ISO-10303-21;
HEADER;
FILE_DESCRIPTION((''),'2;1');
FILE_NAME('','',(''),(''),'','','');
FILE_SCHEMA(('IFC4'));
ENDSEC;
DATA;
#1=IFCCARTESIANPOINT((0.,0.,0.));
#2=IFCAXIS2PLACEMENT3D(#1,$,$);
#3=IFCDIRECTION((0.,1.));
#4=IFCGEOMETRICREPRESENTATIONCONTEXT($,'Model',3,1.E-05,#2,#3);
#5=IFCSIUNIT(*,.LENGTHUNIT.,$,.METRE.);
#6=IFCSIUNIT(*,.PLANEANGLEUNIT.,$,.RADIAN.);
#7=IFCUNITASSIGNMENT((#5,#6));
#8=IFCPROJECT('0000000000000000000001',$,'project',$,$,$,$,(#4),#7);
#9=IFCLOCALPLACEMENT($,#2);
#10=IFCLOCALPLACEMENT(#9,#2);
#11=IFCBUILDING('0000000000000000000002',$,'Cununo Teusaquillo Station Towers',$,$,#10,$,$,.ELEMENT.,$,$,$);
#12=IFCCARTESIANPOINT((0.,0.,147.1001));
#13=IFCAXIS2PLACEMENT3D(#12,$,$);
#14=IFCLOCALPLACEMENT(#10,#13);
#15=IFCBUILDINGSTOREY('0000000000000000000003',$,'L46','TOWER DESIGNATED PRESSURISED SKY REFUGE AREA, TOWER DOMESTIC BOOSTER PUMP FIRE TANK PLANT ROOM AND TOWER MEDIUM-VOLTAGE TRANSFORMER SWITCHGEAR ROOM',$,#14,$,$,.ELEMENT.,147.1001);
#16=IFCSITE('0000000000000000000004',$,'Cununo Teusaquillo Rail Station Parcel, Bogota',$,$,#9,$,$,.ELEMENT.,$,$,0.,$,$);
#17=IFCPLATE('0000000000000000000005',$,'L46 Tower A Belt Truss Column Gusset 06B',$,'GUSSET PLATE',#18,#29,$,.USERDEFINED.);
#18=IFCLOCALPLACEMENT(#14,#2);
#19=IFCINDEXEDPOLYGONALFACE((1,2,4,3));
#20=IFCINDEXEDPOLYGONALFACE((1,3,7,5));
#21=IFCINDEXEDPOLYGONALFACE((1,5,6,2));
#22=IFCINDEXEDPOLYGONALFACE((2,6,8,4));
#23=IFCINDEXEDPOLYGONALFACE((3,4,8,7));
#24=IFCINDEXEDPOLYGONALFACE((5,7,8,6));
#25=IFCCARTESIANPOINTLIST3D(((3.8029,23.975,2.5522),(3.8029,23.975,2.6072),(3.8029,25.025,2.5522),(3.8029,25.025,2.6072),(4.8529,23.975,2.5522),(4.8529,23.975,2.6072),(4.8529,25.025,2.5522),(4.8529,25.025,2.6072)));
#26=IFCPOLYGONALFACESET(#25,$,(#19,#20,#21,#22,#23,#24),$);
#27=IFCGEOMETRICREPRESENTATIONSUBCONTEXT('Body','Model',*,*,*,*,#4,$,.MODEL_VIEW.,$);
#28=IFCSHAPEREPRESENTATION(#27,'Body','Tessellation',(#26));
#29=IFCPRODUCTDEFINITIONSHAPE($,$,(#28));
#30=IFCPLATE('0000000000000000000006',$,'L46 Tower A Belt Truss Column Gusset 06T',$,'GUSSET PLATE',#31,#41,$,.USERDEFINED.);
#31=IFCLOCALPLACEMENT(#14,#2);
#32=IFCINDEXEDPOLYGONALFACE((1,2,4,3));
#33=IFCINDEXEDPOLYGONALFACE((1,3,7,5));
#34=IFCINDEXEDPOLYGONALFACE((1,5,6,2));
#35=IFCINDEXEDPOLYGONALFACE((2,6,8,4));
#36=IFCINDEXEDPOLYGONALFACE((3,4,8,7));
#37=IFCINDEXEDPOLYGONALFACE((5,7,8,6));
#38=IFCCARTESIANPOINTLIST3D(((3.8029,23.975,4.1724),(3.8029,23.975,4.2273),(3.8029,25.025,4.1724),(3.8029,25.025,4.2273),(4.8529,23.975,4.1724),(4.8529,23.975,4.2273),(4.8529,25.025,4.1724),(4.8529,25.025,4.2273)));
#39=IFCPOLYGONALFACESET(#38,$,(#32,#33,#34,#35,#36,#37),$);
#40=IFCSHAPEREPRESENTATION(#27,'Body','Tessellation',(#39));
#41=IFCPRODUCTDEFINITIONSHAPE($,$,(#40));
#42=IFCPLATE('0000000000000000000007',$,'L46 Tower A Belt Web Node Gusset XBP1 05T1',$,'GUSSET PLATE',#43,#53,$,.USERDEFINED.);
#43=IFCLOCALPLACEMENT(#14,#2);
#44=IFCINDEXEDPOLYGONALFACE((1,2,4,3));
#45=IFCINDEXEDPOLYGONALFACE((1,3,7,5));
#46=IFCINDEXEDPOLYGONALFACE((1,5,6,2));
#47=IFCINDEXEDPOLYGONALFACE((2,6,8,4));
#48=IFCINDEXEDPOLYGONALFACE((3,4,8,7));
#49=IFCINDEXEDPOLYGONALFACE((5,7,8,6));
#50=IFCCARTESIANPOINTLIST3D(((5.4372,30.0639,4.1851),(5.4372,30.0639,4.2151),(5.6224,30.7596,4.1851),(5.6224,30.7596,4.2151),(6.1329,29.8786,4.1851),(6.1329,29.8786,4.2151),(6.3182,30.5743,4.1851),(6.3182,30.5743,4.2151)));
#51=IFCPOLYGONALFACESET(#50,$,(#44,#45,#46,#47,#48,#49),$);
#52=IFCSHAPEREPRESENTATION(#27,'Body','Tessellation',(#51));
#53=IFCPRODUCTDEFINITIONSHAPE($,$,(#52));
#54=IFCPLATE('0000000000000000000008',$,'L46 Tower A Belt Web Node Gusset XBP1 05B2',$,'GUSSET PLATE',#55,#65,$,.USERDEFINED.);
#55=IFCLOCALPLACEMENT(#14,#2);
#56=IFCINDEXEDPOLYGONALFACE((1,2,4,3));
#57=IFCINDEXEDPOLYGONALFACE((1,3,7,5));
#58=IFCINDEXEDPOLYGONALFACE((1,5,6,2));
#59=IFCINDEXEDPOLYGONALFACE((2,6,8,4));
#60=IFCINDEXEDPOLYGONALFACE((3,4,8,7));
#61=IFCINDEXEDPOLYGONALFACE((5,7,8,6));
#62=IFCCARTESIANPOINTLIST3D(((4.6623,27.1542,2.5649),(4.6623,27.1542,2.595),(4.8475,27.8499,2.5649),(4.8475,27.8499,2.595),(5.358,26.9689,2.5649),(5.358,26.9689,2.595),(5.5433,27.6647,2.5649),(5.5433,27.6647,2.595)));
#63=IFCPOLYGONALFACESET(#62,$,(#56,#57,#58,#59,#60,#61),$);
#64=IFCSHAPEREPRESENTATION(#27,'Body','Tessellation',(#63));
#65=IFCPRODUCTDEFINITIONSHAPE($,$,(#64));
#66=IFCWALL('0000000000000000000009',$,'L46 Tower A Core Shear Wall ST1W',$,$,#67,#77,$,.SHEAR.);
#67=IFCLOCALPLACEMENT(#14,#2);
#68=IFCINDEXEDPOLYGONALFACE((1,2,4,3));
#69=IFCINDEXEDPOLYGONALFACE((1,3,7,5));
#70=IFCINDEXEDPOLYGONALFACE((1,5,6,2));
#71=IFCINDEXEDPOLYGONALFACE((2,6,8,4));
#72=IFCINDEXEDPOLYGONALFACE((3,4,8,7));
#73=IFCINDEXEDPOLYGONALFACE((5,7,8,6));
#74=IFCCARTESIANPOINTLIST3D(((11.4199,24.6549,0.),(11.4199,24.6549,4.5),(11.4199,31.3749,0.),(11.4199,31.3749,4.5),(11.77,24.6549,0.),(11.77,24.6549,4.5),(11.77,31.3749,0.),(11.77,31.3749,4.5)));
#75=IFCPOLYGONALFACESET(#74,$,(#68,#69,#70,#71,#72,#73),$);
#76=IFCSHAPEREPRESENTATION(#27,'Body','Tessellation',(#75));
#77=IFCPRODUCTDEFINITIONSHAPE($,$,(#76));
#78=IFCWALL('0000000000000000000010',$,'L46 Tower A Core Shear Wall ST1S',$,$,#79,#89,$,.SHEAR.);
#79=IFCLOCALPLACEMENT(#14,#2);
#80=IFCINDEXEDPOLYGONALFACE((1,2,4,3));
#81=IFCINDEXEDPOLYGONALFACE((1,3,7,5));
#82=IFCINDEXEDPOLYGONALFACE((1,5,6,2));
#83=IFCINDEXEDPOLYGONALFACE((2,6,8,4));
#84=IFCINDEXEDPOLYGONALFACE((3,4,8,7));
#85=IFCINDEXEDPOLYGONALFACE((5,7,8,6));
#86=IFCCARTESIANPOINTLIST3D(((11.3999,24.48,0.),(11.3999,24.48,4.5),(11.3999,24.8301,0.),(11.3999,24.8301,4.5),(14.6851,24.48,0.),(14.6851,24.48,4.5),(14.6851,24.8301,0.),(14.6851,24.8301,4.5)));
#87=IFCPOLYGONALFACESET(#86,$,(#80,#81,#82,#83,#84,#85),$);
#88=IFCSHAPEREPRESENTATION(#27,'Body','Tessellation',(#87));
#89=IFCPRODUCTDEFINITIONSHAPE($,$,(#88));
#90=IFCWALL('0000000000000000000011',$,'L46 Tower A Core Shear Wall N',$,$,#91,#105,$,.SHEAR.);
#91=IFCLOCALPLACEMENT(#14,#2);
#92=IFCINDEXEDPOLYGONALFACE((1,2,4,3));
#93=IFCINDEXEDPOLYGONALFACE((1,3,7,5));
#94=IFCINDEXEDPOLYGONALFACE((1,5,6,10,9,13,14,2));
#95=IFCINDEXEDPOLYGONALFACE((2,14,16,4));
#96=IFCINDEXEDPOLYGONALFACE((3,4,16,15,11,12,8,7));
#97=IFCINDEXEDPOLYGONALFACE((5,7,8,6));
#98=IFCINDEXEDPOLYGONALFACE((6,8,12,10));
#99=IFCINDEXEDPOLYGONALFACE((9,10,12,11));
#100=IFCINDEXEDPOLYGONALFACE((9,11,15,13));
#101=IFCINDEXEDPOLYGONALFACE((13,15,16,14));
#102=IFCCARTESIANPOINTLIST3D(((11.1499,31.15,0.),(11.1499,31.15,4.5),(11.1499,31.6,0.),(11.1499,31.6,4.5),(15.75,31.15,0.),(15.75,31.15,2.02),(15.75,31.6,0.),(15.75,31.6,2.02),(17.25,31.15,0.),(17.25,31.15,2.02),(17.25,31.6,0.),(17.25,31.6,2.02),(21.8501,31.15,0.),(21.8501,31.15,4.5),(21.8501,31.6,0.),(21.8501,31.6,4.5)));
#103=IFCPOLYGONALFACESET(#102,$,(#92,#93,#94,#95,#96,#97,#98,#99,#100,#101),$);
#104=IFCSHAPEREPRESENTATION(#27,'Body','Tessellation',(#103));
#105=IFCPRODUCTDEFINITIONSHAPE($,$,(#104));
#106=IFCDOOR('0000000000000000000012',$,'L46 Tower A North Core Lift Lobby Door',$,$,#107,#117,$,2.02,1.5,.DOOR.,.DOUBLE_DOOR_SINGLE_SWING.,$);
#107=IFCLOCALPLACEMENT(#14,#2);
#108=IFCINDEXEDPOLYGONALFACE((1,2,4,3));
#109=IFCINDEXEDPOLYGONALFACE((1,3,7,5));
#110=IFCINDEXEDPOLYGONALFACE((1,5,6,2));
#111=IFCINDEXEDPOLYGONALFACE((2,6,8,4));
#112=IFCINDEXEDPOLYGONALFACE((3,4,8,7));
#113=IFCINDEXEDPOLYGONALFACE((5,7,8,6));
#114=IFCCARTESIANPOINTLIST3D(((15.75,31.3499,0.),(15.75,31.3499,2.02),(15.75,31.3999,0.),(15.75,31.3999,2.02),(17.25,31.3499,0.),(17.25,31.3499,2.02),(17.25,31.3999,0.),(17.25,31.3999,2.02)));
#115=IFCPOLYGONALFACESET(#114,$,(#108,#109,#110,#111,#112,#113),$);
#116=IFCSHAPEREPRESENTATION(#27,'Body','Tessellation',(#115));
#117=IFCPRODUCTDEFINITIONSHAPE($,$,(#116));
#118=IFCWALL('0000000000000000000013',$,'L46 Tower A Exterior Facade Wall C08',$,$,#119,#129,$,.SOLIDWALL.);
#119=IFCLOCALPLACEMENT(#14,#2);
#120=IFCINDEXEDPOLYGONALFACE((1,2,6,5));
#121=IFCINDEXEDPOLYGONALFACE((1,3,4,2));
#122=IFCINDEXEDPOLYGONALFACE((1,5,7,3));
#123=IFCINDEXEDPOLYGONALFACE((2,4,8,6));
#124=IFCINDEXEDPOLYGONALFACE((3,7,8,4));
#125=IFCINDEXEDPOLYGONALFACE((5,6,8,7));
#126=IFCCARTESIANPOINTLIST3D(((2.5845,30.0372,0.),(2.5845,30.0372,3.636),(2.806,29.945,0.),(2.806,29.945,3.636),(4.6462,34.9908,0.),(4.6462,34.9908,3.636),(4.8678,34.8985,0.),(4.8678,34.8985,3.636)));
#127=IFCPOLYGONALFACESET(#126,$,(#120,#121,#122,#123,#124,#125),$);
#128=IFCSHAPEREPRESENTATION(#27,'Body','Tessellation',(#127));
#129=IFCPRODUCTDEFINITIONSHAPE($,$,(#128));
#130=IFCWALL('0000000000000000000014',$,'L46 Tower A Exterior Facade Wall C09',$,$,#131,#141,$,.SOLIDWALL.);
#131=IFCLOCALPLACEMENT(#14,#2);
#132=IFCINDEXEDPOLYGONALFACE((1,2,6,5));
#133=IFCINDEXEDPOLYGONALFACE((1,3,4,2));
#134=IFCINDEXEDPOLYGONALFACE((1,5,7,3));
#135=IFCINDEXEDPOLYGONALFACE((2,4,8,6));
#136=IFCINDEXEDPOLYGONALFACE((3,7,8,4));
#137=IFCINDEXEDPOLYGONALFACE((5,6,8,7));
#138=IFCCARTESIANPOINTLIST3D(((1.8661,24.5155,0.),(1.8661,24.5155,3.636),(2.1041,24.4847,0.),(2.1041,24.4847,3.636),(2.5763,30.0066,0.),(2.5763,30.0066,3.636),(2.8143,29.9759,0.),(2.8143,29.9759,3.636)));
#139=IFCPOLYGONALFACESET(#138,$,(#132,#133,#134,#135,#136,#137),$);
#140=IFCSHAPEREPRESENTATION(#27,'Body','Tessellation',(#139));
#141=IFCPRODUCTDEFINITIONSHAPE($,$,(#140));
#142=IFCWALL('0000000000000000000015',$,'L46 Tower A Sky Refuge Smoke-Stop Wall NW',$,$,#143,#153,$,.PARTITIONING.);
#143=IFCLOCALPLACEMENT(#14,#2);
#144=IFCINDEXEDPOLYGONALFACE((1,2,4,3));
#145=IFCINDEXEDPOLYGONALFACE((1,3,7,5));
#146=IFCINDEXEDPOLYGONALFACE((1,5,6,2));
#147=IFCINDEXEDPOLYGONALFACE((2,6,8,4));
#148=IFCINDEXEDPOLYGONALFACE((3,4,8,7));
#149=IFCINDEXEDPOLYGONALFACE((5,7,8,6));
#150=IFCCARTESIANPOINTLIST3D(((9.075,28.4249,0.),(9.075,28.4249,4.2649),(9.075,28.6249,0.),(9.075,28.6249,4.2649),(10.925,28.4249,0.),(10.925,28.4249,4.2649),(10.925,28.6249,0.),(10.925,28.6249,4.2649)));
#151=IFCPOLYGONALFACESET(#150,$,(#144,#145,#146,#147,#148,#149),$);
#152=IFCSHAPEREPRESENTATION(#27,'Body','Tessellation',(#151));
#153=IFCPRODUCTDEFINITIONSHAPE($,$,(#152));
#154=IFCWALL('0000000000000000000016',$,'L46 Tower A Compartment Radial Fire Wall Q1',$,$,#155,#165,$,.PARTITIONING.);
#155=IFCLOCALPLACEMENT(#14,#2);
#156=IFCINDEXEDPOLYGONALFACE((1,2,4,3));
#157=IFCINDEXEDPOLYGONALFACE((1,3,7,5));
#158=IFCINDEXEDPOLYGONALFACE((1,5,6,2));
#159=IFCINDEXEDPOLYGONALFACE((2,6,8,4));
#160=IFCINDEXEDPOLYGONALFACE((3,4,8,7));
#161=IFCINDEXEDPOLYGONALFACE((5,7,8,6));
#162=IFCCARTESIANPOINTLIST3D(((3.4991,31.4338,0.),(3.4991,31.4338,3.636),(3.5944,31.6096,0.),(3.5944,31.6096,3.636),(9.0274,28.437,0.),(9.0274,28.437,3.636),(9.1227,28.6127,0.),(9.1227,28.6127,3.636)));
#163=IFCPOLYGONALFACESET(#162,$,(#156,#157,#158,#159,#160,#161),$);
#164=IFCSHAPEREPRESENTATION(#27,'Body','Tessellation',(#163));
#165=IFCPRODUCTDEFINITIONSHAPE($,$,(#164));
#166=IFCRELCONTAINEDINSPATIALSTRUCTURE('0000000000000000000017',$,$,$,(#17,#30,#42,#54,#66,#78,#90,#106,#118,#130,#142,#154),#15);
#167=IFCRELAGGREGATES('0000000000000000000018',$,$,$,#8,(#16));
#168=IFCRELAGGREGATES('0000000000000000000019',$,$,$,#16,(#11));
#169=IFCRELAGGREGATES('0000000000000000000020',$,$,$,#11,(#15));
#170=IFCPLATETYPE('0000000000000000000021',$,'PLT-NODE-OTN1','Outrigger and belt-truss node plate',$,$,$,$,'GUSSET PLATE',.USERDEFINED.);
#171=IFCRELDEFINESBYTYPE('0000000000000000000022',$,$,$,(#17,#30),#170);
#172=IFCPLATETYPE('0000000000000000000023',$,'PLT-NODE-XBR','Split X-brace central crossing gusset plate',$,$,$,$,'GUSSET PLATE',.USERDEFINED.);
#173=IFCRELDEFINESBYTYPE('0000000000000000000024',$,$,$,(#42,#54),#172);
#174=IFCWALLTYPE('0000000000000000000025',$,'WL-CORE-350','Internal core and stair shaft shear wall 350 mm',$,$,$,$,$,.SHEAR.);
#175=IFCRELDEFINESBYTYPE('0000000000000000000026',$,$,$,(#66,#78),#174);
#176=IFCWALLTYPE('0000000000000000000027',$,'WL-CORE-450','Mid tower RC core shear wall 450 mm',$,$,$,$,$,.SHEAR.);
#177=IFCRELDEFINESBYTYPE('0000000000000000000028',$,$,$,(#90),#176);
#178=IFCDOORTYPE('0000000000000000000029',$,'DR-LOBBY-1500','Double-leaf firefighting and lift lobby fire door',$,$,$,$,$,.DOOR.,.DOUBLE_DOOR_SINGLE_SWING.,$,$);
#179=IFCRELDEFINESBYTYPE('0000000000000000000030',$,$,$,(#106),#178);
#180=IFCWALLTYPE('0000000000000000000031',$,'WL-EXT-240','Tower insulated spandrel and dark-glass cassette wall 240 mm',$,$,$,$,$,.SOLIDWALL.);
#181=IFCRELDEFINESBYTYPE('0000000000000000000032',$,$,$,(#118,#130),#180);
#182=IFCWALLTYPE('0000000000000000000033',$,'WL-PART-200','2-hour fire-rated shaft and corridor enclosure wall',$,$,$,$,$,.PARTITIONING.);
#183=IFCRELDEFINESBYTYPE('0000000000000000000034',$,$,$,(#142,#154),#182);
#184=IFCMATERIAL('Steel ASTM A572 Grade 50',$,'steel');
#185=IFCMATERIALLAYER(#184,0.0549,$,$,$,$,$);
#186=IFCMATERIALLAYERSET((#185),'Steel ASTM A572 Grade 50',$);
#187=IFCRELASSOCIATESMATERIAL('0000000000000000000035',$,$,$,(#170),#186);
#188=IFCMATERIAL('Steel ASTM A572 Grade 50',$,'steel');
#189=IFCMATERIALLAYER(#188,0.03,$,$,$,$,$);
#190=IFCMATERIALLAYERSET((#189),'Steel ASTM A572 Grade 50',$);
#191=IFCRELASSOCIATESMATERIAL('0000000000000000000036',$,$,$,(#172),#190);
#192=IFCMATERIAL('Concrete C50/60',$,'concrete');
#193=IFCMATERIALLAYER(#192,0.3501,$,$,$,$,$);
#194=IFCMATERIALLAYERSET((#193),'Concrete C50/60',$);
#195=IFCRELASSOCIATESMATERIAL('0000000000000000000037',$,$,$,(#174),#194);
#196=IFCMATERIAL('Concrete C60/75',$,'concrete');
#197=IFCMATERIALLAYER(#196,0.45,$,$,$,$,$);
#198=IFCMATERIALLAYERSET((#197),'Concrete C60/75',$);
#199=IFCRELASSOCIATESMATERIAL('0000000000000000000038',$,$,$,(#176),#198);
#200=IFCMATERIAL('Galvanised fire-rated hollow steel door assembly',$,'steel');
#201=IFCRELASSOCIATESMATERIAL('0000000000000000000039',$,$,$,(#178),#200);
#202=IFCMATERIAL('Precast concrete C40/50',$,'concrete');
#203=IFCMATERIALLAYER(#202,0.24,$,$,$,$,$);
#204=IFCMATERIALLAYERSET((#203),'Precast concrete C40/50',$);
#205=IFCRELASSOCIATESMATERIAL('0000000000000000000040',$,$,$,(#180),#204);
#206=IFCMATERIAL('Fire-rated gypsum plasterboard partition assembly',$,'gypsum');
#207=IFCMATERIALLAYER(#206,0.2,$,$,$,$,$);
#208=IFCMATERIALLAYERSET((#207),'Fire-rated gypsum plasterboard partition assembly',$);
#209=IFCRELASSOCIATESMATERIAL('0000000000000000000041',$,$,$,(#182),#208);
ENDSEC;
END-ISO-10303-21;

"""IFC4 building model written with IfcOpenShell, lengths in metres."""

from ifc_helpers import new_model, si_unit, direction, frame, frame_2d, origin, origin_2d, place, context, subcontext, project, spatial, rectangle, extrude, source, transform, mapped, material, layer, layer_set, type_object, element, fill, save


model = new_model("IFC4")

# Units and contexts
model_context = context("Model", 3, precision=1e-05, world=origin(), true_north=direction((0.0, 1.0)))
body_context = subcontext(model_context, "Body", "Model", "MODEL_VIEW")
ifc_project = project(units=[si_unit("LENGTHUNIT", "METRE"), si_unit("PLANEANGLEUNIT", "RADIAN")], contexts=[model_context])

# Site, building, storey
site_placement = place(None, origin())
site = spatial("IfcSite", under=ifc_project, at=site_placement, Name="Cununo Teusaquillo Rail Station Parcel, Bogota", CompositionType="ELEMENT", RefElevation=0.0)
building_placement = place(site_placement, origin())
building = spatial("IfcBuilding", under=site, at=building_placement, Name="Cununo Teusaquillo Station Towers", CompositionType="ELEMENT")
storey_placement = place(building_placement, frame((0.0, 0.0, 147.1001)))
storey = spatial("IfcBuildingStorey", under=building, at=storey_placement, Name="L46", Description="TOWER DESIGNATED PRESSURISED SKY REFUGE AREA, TOWER DOMESTIC BOOSTER PUMP FIRE TANK PLANT ROOM AND TOWER MEDIUM-VOLTAGE TRANSFORMER SWITCHGEAR ROOM", CompositionType="ELEMENT", Elevation=147.1001)

# Plates
ifc_material_1 = material(Name="Steel ASTM A572 Grade 50", Category="steel")
ifc_layer_1 = layer(ifc_material_1, 0.0549)
ifc_layer_set_1 = layer_set([ifc_layer_1], Name="Steel ASTM A572 Grade 50")
plate_type_1 = type_object("IfcPlateType", Name="PLT-NODE-OTN1", Description="Outrigger and belt-truss node plate", ElementType="GUSSET PLATE", PredefinedType="USERDEFINED", material=ifc_layer_set_1)
shared_shape_1 = source(origin(), body_context, "Body", "SweptSolid", [
    extrude(rectangle(XDim=1.05, YDim=1.05, at=origin_2d()), origin(), (0.0, 0.0, 1.0), 0.0549),
])
for number, where, z_axis, x_axis, name in (
    (1, (4.3279, 24.5, 2.5522), (0.0, 0.0, 1.0), (1.0, 0.0, 0.0), "L46 Tower A Belt Truss Column Gusset 06B"),
    (2, (4.3279, 24.5, 4.1724), (0.0, 0.0, 1.0), (1.0, 0.0, 0.0), "L46 Tower A Belt Truss Column Gusset 06T"),
):
    element("IfcPlate", number, at=place(storey_placement, frame(where, z_axis=z_axis, x_axis=x_axis)), inside=storey, type_object=plate_type_1, Name=name, ObjectType="GUSSET PLATE", PredefinedType="USERDEFINED", context=body_context, shape_type="MappedRepresentation", body=[
        mapped(shared_shape_1, transform((0.0, 0.0, 0.0), x_axis=(1.0, 0.0, 0.0), y_axis=(0.0, 1.0, 0.0), z_axis=(0.0, 0.0, 1.0), scale=1.0)),
    ])
ifc_material_2 = material(Name="Steel ASTM A572 Grade 50", Category="steel")
ifc_layer_2 = layer(ifc_material_2, 0.03)
ifc_layer_set_2 = layer_set([ifc_layer_2], Name="Steel ASTM A572 Grade 50")
plate_type_2 = type_object("IfcPlateType", Name="PLT-NODE-XBR", Description="Split X-brace central crossing gusset plate", ElementType="GUSSET PLATE", PredefinedType="USERDEFINED", material=ifc_layer_set_2)
shared_shape_2 = source(origin(), body_context, "Body", "SweptSolid", [
    extrude(rectangle(XDim=0.72, YDim=0.72, at=origin_2d()), origin(), (0.0, 0.0, 1.0), 0.03),
])
for number, where, z_axis, x_axis, name in (
    (3, (5.8777, 30.3191, 4.1851), (0.0, 0.0, 1.0), (-0.257301, -0.966331, 0.0), "L46 Tower A Belt Web Node Gusset XBP1 05T1"),
    (4, (5.1028, 27.4094, 2.5649), (0.0, 0.0, 1.0), (-0.257301, -0.966331, 0.0), "L46 Tower A Belt Web Node Gusset XBP1 05B2"),
):
    element("IfcPlate", number, at=place(storey_placement, frame(where, z_axis=z_axis, x_axis=x_axis)), inside=storey, type_object=plate_type_2, Name=name, ObjectType="GUSSET PLATE", PredefinedType="USERDEFINED", context=body_context, shape_type="MappedRepresentation", body=[
        mapped(shared_shape_2, transform((0.0, 0.0, 0.0), x_axis=(1.0, 0.0, 0.0), y_axis=(0.0, 1.0, 0.0), z_axis=(0.0, 0.0, 1.0), scale=1.0)),
    ])

# Walls
ifc_material_3 = material(Name="Concrete C50/60", Category="concrete")
ifc_layer_3 = layer(ifc_material_3, 0.3501)
ifc_layer_set_3 = layer_set([ifc_layer_3], Name="Concrete C50/60")
wall_type_1 = type_object("IfcWallType", Name="WL-CORE-350", Description="Internal core and stair shaft shear wall 350 mm", PredefinedType="SHEAR", material=ifc_layer_set_3)
wall_1_placement = place(storey_placement, frame((11.595, 24.655, 0.0), z_axis=(0.0, 0.0, 1.0), x_axis=(0.0, 1.0, 0.0)))
element("IfcWall", 5, at=wall_1_placement, inside=storey, type_object=wall_type_1, Name="L46 Tower A Core Shear Wall ST1W", PredefinedType="SHEAR", context=body_context, shape_type="SweptSolid", body=[
    extrude(rectangle(XDim=6.72, YDim=0.3501, at=frame_2d((3.3599, 0.0))), origin(), (0.0, 0.0, 1.0), 4.5),
])
wall_2_placement = place(storey_placement, frame((11.3999, 24.655, 0.0), z_axis=(0.0, 0.0, 1.0), x_axis=(1.0, 0.0, 0.0)))
element("IfcWall", 6, at=wall_2_placement, inside=storey, type_object=wall_type_1, Name="L46 Tower A Core Shear Wall ST1S", PredefinedType="SHEAR", context=body_context, shape_type="SweptSolid", body=[
    extrude(rectangle(XDim=3.2852, YDim=0.3501, at=frame_2d((1.6426, 0.0))), origin(), (0.0, 0.0, 1.0), 4.5),
])

# Wall, opening, door
ifc_material_4 = material(Name="Concrete C60/75", Category="concrete")
ifc_layer_4 = layer(ifc_material_4, 0.45)
ifc_layer_set_4 = layer_set([ifc_layer_4], Name="Concrete C60/75")
wall_type_2 = type_object("IfcWallType", Name="WL-CORE-450", Description="Mid tower RC core shear wall 450 mm", PredefinedType="SHEAR", material=ifc_layer_set_4)
wall_3_placement = place(storey_placement, frame((11.1499, 31.375, 0.0), z_axis=(0.0, 0.0, 1.0), x_axis=(1.0, 0.0, 0.0)))
wall_3 = element("IfcWall", 7, at=wall_3_placement, inside=storey, type_object=wall_type_2, Name="L46 Tower A Core Shear Wall N", PredefinedType="SHEAR", context=body_context, shape_type="SweptSolid", body=[
    extrude(rectangle(XDim=10.7002, YDim=0.45, at=frame_2d((5.3501, 0.0))), origin(), (0.0, 0.0, 1.0), 4.5),
])
shared_shape_3 = source(origin(), body_context, "Body", "SweptSolid", [
    extrude(rectangle(XDim=1.5, YDim=2.02, at=frame_2d((0.75, 1.01))), frame((0.0, 0.2349, 0.0), z_axis=(0.0, -1.0, 0.0), x_axis=(1.0, 0.0, 0.0)), (0.0, 0.0, 1.0), 0.47),
])
opening_placement = place(wall_3_placement, frame((4.6001, 0.0, 0.0)))
opening = element("IfcOpeningElement", 8, at=opening_placement, cuts=wall_3, PredefinedType="OPENING", context=body_context, shape_type="MappedRepresentation", body=[
    mapped(shared_shape_3, transform((0.0, 0.0, 0.0), x_axis=(1.0, 0.0, 0.0), y_axis=(0.0, 1.0, 0.0), z_axis=(0.0, 0.0, 1.0), scale=1.0)),
])
ifc_material_5 = material(Name="Galvanised fire-rated hollow steel door assembly", Category="steel")
door_type = type_object("IfcDoorType", Name="DR-LOBBY-1500", Description="Double-leaf firefighting and lift lobby fire door", OperationType="DOUBLE_DOOR_SINGLE_SWING", PredefinedType="DOOR", material=ifc_material_5)
shared_shape_4 = source(origin(), body_context, "Body", "SweptSolid", [
    extrude(rectangle(XDim=1.5, YDim=2.02, at=frame_2d((0.75, 1.01))), frame((0.0, 0.0249, 0.0), z_axis=(0.0, -1.0, 0.0), x_axis=(1.0, 0.0, 0.0)), (0.0, 0.0, 1.0), 0.05),
])
door_placement = place(opening_placement, origin())
door = element("IfcDoor", 9, at=door_placement, inside=storey, type_object=door_type, Name="L46 Tower A North Core Lift Lobby Door", OperationType="DOUBLE_DOOR_SINGLE_SWING", OverallHeight=2.02, OverallWidth=1.5, PredefinedType="DOOR", context=body_context, shape_type="MappedRepresentation", body=[
    mapped(shared_shape_4, transform((0.0, 0.0, 0.0), x_axis=(1.0, 0.0, 0.0), y_axis=(0.0, 1.0, 0.0), z_axis=(0.0, 0.0, 1.0), scale=1.0)),
])
fill(opening, door)

# Walls
ifc_material_6 = material(Name="Precast concrete C40/50", Category="concrete")
ifc_layer_5 = layer(ifc_material_6, 0.24)
ifc_layer_set_5 = layer_set([ifc_layer_5], Name="Precast concrete C40/50")
wall_type_3 = type_object("IfcWallType", Name="WL-EXT-240", Description="Tower insulated spandrel and dark-glass cassette wall 240 mm", PredefinedType="SOLIDWALL", material=ifc_layer_set_5)
wall_4_placement = place(storey_placement, frame((2.6953, 29.9912, 0.0), z_axis=(0.0, 0.0, 1.0), x_axis=(0.38426, 0.923225, 0.0)))
element("IfcWall", 10, at=wall_4_placement, inside=storey, type_object=wall_type_3, Name="L46 Tower A Exterior Facade Wall C08", PredefinedType="SOLIDWALL", context=body_context, shape_type="SweptSolid", body=[
    extrude(rectangle(XDim=5.3655, YDim=0.24, at=frame_2d((2.6826, 0.0))), origin(), (0.0, 0.0, 1.0), 3.636),
])
wall_5_placement = place(storey_placement, frame((1.9851, 24.5, 0.0), z_axis=(0.0, 0.0, 1.0), x_axis=(0.128267, 0.99174, 0.0)))
element("IfcWall", 11, at=wall_5_placement, inside=storey, type_object=wall_type_3, Name="L46 Tower A Exterior Facade Wall C09", PredefinedType="SOLIDWALL", context=body_context, shape_type="SweptSolid", body=[
    extrude(rectangle(XDim=5.5369, YDim=0.24, at=frame_2d((2.7686, 0.0))), origin(), (0.0, 0.0, 1.0), 3.636),
])
ifc_material_7 = material(Name="Fire-rated gypsum plasterboard partition assembly", Category="gypsum")
ifc_layer_6 = layer(ifc_material_7, 0.2)
ifc_layer_set_6 = layer_set([ifc_layer_6], Name="Fire-rated gypsum plasterboard partition assembly")
wall_type_4 = type_object("IfcWallType", Name="WL-PART-200", Description="2-hour fire-rated shaft and corridor enclosure wall", PredefinedType="PARTITIONING", material=ifc_layer_set_6)
wall_6_placement = place(storey_placement, frame((9.075, 28.5249, 0.0), z_axis=(0.0, 0.0, 1.0), x_axis=(1.0, 0.0, 0.0)))
element("IfcWall", 12, at=wall_6_placement, inside=storey, type_object=wall_type_4, Name="L46 Tower A Sky Refuge Smoke-Stop Wall NW", PredefinedType="PARTITIONING", context=body_context, shape_type="SweptSolid", body=[
    extrude(rectangle(XDim=1.8501, YDim=0.2, at=frame_2d((0.925, 0.0))), origin(), (0.0, 0.0, 1.0), 4.2649),
])
wall_7_placement = place(storey_placement, frame((9.075, 28.5249, 0.0), z_axis=(0.0, 0.0, 1.0), x_axis=(-0.879137, 0.476568, 0.0)))
element("IfcWall", 13, at=wall_7_placement, inside=storey, type_object=wall_type_4, Name="L46 Tower A Compartment Radial Fire Wall Q1", PredefinedType="PARTITIONING", context=body_context, shape_type="SweptSolid", body=[
    extrude(rectangle(XDim=6.2883, YDim=0.2, at=frame_2d((3.144, 0.0))), origin(), (0.0, 0.0, 1.0), 3.636),
])

save(model, "model.ifc")
